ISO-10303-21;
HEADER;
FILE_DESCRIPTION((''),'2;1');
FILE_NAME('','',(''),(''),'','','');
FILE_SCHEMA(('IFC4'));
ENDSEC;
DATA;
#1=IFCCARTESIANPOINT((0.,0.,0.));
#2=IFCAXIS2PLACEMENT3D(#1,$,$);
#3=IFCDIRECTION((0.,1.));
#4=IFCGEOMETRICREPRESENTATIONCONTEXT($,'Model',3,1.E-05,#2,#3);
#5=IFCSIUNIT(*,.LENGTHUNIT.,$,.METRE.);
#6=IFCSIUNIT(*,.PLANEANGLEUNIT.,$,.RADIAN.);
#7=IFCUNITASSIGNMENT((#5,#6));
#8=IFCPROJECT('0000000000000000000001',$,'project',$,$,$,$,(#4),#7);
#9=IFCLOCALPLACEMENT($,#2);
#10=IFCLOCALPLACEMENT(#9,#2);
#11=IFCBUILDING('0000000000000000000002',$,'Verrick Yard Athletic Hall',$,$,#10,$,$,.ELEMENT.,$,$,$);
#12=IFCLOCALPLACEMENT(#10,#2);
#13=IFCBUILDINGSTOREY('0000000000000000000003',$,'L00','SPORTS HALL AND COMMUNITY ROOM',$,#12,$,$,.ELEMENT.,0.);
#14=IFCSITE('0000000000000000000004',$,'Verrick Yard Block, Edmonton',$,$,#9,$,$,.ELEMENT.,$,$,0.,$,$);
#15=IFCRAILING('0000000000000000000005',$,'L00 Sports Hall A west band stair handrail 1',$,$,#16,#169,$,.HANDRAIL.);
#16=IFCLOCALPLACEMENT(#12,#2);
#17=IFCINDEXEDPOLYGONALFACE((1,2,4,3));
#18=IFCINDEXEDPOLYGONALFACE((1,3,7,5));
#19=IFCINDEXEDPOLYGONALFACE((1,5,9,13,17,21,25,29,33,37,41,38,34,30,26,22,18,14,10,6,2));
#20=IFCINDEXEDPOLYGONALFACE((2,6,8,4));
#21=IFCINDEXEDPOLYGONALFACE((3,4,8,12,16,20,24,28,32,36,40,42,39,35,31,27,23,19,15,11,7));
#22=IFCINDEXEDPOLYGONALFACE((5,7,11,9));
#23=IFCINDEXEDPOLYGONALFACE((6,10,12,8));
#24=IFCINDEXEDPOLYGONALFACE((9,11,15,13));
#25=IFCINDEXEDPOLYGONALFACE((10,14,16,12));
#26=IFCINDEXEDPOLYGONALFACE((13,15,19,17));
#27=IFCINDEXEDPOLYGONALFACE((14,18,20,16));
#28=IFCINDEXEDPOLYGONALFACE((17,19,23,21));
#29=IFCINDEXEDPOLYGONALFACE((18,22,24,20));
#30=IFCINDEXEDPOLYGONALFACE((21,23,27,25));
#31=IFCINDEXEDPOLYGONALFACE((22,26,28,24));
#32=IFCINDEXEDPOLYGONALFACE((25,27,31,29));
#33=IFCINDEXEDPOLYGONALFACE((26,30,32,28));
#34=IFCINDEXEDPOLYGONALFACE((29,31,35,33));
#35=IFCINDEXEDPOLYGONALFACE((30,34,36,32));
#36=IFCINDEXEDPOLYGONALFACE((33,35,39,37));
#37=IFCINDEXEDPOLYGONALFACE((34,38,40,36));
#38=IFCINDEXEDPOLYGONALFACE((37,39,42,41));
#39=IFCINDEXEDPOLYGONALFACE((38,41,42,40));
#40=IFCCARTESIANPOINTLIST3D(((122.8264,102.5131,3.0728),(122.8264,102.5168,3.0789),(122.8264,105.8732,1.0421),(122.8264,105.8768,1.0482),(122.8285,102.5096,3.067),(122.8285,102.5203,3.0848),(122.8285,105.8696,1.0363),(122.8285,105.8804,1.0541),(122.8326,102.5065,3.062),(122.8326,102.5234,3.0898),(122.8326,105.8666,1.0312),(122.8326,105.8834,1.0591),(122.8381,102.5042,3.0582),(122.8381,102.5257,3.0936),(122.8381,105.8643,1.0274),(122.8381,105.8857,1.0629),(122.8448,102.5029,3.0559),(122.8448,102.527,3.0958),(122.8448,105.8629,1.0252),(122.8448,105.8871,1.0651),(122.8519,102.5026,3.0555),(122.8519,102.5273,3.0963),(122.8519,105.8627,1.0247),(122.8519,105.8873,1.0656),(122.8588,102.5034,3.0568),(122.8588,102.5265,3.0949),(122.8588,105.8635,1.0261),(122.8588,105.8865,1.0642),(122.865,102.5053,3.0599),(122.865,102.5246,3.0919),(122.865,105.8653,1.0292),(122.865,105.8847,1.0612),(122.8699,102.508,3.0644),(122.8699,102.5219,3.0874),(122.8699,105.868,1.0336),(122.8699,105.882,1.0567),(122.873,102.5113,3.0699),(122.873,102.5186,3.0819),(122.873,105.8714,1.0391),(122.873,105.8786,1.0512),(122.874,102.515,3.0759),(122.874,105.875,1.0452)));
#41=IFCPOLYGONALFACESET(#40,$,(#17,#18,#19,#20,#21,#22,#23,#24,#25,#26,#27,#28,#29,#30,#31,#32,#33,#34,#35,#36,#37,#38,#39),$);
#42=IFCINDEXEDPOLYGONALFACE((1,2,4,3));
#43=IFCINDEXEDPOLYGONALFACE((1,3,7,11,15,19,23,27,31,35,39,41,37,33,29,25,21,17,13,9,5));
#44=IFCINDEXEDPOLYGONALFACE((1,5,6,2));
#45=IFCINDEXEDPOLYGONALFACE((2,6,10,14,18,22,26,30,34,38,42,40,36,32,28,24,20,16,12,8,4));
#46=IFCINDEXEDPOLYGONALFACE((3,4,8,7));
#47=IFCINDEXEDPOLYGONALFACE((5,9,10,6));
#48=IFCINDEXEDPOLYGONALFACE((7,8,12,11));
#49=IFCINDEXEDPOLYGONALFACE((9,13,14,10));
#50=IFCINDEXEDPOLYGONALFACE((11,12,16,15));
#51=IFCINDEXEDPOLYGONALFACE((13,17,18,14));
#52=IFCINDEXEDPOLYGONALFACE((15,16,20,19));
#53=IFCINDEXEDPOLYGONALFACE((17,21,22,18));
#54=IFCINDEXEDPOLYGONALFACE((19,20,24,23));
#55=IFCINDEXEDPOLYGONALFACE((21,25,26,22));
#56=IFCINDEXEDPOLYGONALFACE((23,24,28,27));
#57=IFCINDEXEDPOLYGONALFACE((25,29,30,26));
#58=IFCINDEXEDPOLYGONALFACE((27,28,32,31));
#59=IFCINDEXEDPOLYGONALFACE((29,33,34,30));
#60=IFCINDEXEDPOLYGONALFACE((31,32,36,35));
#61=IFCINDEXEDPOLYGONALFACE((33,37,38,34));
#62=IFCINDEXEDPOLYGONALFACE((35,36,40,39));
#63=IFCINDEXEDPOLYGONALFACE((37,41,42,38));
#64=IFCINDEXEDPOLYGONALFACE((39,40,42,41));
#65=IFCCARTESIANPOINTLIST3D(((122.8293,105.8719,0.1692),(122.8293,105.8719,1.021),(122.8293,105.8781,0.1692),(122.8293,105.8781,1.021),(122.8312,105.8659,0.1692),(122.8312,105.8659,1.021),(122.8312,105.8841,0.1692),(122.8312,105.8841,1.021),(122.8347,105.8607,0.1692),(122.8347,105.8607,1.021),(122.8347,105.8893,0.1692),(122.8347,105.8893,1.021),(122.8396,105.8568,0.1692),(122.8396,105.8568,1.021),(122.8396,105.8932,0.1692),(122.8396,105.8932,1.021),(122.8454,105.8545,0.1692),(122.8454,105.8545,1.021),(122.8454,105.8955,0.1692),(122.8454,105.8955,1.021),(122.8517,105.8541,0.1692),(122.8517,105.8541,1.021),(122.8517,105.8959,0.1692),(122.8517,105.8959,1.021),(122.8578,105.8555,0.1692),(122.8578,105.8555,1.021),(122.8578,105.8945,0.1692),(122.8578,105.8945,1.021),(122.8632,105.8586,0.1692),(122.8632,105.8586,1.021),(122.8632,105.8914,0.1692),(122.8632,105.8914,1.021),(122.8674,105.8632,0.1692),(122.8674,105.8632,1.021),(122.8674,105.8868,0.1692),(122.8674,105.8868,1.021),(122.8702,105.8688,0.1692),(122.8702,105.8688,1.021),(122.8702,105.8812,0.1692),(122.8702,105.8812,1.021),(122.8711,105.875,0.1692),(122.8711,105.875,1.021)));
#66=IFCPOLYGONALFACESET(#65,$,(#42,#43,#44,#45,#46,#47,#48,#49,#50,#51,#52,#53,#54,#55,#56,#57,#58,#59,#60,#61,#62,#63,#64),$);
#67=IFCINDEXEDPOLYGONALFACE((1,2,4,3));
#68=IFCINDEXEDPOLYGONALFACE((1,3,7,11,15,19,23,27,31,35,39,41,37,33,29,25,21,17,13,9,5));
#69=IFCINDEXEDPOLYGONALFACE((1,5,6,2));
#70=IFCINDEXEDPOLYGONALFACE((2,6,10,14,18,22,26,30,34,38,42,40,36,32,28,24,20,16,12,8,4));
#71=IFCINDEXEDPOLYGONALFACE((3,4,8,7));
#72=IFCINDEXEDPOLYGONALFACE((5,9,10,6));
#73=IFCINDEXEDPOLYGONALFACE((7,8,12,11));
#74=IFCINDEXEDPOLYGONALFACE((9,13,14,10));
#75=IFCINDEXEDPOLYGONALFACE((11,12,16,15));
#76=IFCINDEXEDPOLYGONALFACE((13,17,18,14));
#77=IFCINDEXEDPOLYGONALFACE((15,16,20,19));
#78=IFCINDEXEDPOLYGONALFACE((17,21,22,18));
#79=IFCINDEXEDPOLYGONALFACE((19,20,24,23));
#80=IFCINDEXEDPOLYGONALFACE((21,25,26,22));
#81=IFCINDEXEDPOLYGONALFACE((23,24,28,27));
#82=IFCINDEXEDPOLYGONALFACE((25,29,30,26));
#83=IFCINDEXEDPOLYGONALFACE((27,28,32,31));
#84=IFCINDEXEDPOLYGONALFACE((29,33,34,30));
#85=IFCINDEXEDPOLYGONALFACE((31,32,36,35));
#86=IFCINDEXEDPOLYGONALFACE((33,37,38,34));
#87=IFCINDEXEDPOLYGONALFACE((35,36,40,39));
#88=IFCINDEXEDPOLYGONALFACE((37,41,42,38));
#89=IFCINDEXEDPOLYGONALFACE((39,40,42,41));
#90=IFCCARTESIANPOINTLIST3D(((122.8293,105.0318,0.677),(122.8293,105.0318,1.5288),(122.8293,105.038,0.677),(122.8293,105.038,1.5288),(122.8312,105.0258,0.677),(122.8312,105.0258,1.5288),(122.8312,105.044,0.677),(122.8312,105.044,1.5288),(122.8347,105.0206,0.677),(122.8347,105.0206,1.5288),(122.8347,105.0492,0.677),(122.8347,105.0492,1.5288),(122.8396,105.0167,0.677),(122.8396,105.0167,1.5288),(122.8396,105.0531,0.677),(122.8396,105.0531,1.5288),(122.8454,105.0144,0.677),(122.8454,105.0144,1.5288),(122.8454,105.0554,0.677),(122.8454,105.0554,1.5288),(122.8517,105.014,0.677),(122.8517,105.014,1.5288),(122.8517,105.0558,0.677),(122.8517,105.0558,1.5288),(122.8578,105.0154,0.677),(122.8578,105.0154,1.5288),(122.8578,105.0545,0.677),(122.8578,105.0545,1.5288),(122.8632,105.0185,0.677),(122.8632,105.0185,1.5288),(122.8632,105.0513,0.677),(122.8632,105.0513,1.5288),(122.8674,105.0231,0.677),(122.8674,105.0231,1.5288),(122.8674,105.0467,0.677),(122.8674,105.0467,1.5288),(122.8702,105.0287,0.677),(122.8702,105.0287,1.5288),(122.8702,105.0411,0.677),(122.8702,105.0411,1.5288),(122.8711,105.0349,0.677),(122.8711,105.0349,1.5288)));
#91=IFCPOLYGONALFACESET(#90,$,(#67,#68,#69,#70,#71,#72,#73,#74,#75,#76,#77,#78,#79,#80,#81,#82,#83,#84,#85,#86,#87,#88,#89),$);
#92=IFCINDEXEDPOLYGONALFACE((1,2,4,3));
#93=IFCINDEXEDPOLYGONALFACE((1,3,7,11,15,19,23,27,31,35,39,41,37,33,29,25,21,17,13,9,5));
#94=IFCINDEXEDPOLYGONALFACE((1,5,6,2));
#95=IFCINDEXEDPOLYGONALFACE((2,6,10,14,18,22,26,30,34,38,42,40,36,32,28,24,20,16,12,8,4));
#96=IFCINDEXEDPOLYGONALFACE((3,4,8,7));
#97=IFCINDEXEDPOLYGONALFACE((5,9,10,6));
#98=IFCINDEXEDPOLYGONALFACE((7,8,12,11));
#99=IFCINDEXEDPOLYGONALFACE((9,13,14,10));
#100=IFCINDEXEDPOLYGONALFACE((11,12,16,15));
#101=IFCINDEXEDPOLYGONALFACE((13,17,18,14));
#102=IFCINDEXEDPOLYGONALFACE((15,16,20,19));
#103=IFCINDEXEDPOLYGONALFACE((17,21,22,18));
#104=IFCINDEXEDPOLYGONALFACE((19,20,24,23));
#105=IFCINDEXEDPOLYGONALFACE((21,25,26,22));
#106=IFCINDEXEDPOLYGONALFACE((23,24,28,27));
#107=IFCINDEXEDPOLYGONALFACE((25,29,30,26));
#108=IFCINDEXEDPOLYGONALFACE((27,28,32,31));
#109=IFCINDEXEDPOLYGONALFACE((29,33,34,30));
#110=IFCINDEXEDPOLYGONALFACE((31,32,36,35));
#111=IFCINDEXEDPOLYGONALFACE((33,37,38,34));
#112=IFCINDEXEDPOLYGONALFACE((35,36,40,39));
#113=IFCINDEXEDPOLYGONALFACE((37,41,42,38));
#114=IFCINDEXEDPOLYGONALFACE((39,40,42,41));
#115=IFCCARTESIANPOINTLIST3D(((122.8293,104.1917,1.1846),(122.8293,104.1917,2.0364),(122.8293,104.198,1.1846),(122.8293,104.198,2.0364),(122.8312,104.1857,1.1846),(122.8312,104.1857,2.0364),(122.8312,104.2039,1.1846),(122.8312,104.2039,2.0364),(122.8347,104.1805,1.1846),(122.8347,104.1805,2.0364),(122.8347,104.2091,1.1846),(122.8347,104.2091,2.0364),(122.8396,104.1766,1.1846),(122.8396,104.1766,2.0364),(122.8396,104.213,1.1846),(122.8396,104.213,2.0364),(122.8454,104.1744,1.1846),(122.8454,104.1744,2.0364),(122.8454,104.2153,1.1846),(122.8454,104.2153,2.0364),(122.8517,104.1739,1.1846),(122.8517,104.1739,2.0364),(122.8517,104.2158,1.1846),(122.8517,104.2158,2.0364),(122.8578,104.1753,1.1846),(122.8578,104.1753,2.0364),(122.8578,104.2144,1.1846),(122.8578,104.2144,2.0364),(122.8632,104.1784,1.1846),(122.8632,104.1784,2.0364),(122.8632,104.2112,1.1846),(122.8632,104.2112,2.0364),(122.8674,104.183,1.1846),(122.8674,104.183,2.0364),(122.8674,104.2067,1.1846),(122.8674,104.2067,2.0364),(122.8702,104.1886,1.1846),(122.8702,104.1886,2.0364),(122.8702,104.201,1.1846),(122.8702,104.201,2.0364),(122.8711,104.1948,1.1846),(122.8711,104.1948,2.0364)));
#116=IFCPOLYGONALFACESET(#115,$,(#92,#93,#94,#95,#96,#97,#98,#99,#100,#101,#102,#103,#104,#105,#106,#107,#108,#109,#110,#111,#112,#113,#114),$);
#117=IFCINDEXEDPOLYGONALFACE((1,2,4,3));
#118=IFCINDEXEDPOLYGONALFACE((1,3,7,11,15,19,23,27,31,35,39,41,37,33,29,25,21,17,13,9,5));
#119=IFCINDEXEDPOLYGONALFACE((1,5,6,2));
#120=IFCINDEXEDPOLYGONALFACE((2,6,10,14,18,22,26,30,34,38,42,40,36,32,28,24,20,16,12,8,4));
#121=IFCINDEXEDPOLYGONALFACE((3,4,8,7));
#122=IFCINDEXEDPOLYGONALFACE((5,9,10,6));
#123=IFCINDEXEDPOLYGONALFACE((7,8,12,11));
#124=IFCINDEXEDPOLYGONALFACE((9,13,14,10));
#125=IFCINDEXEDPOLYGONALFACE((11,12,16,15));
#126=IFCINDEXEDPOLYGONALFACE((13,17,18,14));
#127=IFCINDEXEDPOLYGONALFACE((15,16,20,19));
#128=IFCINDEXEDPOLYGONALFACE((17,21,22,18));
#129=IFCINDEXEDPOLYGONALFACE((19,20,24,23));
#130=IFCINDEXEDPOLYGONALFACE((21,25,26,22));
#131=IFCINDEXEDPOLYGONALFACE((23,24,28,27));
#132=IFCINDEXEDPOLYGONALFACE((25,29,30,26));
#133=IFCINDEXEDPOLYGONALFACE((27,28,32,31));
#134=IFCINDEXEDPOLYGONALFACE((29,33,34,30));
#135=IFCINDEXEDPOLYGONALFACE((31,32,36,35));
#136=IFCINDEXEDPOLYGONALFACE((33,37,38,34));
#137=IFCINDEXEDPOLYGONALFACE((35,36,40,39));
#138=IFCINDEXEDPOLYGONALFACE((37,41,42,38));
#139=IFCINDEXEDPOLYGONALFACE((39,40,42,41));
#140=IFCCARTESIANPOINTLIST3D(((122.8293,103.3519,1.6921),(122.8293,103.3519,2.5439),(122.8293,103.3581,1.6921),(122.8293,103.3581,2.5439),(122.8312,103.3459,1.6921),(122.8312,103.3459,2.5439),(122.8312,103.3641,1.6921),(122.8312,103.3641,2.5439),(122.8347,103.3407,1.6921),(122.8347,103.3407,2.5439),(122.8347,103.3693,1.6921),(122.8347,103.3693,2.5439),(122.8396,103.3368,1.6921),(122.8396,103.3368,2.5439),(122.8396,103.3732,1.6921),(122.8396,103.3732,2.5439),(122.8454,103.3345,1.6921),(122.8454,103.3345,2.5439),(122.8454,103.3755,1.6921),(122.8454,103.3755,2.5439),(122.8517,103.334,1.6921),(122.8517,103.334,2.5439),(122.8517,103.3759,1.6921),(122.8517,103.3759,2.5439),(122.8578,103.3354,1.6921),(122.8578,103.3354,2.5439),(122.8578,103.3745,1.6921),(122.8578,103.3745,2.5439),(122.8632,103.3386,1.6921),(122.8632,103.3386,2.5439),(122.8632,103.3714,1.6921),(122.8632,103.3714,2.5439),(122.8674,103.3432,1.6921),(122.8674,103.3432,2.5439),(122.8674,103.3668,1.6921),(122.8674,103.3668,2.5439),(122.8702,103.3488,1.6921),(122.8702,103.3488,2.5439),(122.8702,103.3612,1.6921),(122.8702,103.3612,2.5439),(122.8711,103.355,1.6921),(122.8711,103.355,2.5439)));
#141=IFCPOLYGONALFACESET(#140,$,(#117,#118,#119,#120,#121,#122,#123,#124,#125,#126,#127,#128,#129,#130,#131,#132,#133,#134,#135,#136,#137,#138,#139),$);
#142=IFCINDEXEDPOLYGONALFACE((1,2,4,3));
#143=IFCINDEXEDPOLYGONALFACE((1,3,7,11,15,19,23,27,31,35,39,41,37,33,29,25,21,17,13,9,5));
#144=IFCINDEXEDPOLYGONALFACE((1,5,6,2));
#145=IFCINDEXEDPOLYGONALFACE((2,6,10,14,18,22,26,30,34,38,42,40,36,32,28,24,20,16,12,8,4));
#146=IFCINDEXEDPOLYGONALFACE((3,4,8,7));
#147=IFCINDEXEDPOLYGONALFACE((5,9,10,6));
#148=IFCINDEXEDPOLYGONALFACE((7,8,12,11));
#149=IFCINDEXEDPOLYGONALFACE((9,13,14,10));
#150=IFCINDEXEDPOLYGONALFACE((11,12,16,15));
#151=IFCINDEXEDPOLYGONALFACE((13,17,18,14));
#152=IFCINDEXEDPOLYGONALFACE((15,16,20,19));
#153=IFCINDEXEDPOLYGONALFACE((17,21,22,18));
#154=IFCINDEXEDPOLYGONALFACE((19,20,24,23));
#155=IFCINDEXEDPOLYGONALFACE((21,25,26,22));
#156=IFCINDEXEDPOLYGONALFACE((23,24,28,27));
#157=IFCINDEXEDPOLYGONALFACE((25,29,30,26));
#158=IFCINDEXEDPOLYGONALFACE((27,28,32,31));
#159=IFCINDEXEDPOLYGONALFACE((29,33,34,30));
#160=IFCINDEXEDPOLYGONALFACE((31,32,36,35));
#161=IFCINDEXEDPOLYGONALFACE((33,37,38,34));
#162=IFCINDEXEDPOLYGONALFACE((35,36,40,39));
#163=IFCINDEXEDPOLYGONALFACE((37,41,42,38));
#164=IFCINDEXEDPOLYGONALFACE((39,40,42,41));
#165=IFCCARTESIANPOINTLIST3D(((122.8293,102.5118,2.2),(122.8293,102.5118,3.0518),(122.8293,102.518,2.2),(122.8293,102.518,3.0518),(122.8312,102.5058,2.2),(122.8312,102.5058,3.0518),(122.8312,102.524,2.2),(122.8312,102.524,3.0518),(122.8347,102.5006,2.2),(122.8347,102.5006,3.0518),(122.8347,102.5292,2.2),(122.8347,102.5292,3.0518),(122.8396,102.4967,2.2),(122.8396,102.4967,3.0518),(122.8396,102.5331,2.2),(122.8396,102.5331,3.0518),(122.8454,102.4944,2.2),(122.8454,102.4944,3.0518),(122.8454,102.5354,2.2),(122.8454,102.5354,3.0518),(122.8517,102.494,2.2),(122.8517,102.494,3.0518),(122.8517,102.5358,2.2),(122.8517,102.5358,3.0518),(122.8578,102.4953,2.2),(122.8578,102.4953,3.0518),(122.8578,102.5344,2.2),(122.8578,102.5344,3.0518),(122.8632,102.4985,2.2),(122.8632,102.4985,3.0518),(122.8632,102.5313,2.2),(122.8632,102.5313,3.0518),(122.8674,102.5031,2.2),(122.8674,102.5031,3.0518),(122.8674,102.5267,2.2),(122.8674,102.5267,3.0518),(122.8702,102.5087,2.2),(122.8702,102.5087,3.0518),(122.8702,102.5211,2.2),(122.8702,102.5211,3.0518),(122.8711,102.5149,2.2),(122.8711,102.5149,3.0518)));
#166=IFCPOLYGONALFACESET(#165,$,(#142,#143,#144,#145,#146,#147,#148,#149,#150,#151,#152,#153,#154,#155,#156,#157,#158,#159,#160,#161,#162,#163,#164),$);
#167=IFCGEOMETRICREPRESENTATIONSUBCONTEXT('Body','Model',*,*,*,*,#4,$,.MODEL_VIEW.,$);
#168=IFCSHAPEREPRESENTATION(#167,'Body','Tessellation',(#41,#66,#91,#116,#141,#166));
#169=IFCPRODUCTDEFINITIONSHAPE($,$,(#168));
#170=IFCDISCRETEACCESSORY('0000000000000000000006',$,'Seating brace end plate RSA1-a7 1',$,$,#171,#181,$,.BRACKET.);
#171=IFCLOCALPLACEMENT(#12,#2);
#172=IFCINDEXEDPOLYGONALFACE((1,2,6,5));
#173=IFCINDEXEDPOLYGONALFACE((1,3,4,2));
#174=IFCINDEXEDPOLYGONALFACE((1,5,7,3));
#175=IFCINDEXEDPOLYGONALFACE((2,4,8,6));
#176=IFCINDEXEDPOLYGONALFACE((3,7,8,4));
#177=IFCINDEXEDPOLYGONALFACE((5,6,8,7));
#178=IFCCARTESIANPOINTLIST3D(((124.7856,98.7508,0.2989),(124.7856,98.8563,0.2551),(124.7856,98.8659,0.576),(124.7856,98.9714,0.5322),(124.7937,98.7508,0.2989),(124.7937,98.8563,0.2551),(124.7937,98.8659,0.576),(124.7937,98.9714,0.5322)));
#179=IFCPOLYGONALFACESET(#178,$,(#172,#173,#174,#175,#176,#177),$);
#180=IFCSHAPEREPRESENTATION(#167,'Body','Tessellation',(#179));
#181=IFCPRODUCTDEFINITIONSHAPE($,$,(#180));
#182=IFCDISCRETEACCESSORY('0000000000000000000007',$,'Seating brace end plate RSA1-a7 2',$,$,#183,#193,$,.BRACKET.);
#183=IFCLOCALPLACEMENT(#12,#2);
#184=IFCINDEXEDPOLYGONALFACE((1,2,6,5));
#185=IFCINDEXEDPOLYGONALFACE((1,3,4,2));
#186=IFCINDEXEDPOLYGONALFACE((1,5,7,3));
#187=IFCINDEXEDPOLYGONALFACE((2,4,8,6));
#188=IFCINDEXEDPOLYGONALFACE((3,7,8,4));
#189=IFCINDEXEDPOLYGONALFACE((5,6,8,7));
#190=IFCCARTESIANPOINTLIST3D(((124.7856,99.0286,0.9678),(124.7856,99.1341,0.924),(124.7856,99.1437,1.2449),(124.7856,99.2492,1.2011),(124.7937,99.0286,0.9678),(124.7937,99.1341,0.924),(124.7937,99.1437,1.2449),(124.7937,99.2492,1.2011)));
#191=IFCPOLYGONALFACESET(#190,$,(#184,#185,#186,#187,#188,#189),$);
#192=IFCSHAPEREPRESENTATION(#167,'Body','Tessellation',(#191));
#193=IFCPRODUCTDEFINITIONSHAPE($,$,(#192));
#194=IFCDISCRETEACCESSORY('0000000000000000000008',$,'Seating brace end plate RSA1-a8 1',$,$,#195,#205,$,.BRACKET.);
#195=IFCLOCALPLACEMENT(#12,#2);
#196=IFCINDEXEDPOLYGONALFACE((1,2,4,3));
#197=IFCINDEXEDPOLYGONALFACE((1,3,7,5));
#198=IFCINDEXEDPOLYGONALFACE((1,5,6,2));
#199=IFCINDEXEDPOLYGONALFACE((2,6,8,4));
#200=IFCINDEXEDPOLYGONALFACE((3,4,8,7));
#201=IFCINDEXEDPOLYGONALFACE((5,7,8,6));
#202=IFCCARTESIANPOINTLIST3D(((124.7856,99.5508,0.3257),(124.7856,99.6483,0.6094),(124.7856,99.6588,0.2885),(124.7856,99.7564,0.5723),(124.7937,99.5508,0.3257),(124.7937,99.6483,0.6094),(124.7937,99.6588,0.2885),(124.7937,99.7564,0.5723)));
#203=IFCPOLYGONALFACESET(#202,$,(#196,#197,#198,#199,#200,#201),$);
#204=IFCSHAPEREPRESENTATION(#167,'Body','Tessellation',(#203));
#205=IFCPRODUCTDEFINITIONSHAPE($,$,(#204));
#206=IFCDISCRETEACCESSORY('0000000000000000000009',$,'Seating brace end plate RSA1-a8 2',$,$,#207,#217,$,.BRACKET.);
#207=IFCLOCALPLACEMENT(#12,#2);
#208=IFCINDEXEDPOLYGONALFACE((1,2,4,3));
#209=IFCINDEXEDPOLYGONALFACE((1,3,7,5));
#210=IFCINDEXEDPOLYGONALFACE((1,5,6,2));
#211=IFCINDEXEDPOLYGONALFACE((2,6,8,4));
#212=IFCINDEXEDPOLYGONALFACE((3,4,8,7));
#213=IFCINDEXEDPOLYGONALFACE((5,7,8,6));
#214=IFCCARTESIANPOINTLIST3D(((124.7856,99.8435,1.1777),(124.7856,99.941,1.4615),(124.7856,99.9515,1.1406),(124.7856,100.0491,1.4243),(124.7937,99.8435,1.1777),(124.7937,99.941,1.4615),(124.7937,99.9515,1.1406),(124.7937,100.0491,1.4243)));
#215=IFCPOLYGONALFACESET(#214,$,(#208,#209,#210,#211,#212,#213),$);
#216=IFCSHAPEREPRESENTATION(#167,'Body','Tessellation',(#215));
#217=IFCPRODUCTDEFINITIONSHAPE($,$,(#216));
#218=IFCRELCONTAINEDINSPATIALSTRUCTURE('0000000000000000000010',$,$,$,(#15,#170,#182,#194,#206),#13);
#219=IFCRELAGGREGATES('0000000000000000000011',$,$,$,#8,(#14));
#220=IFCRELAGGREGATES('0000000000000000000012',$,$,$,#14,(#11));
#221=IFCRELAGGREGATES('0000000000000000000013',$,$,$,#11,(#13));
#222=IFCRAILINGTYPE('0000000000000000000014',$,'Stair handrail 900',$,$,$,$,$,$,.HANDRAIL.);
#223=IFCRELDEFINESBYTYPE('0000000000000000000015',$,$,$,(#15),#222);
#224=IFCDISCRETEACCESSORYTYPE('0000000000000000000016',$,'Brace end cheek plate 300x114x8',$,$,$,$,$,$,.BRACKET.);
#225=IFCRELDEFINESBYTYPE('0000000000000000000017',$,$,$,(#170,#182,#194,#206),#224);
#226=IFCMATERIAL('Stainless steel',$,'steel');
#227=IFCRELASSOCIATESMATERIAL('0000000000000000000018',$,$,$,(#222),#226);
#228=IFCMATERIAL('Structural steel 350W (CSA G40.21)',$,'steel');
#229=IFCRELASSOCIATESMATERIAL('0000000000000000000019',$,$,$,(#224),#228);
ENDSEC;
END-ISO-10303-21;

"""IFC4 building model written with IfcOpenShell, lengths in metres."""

from ifc_helpers import new_model, si_unit, direction, frame, origin, origin_2d, place, context, subcontext, project, spatial, rectangle, circle, extrude, material, material_profile, profile_set, type_object, element, save


model = new_model("IFC4")

# Units and contexts
model_context = context("Model", 3, precision=1e-05, world=origin(), true_north=direction((0.0, 1.0)))
body_context = subcontext(model_context, "Body", "Model", "MODEL_VIEW")
ifc_project = project(units=[si_unit("LENGTHUNIT", "METRE"), si_unit("PLANEANGLEUNIT", "RADIAN")], contexts=[model_context])

# Site, building, storey
site_placement = place(None, origin())
site = spatial("IfcSite", under=ifc_project, at=site_placement, Name="Verrick Yard Block, Edmonton", CompositionType="ELEMENT", RefElevation=0.0)
building_placement = place(site_placement, origin())
building = spatial("IfcBuilding", under=site, at=building_placement, Name="Verrick Yard Athletic Hall", CompositionType="ELEMENT")
storey_placement = place(building_placement, origin())
storey = spatial("IfcBuildingStorey", under=building, at=storey_placement, Name="L00", Description="SPORTS HALL AND COMMUNITY ROOM", CompositionType="ELEMENT", Elevation=0.0)

# Shared definitions
ifc_material_1 = material(Name="Structural steel 350W (CSA G40.21)", Category="steel")

# Railing
ifc_material_2 = material(Name="Stainless steel", Category="steel")
railing_type_1 = type_object("IfcRailingType", Name="Stair handrail 900", PredefinedType="HANDRAIL", material=ifc_material_2)
railing_1_placement = place(storey_placement, frame((122.8501, 105.875, 0.1692)))
element("IfcRailing", 1, at=railing_1_placement, inside=storey, type_object=railing_type_1, Name="L00 Sports Hall A west band stair handrail 1", PredefinedType="HANDRAIL", context=body_context, shape_type="SweptSolid", body=[
    extrude(circle(Radius=0.0239, at=origin_2d()), frame((0.0, 0.0, 0.876), z_axis=(0.0, -0.855837, 0.517246), x_axis=(1.0, 0.0, 0.0)), (0.0, 0.0, 1.0), 3.926),
    extrude(circle(Radius=0.021, at=origin_2d()), origin(), (0.0, 0.0, 1.0), 0.8518),
    extrude(circle(Radius=0.021, at=origin_2d()), frame((0.0, -0.8401, 0.5078)), (0.0, 0.0, 1.0), 0.8518),
    extrude(circle(Radius=0.021, at=origin_2d()), frame((0.0, -1.6802, 1.0154)), (0.0, 0.0, 1.0), 0.8518),
    extrude(circle(Radius=0.021, at=origin_2d()), frame((0.0, -2.52, 1.5229)), (0.0, 0.0, 1.0), 0.8518),
    extrude(circle(Radius=0.021, at=origin_2d()), frame((0.0, -3.3601, 2.0308)), (0.0, 0.0, 1.0), 0.8518),
])

# Discrete accessories
ifc_material_profile_1 = material_profile(ifc_material_1, rectangle(XDim=0.3, YDim=0.1143, at=origin_2d()), Name="Brace end cheek plate")
ifc_profile_set_1 = profile_set([ifc_material_profile_1], Name="Structural steel 350W (CSA G40.21)")
discrete_accessory_type = type_object("IfcDiscreteAccessoryType", Name="Brace end cheek plate 300x114x8", PredefinedType="BRACKET", material=ifc_profile_set_1)
for number, where, z_axis, x_axis, name in (
    (2, (124.7937, 98.8611, 0.4155), (-1.0, 0.0, 0.0), (0.0, 0.383566, 0.923513), "Seating brace end plate RSA1-a7 1"),
    (3, (124.7937, 99.1389, 1.0845), (-1.0, 0.0, 0.0), (0.0, -0.383566, -0.923513), "Seating brace end plate RSA1-a7 2"),
    (4, (124.7937, 99.6536, 0.449), (-1.0, 0.0, 0.0), (0.0, 0.325058, 0.945694), "Seating brace end plate RSA1-a8 1"),
    (5, (124.7937, 99.9463, 1.301), (-1.0, 0.0, 0.0), (0.0, -0.325058, -0.945694), "Seating brace end plate RSA1-a8 2"),
):
    element("IfcDiscreteAccessory", number, at=place(storey_placement, frame(where, z_axis=z_axis, x_axis=x_axis)), inside=storey, type_object=discrete_accessory_type, Name=name, PredefinedType="BRACKET", context=body_context, shape_type="SweptSolid", body=[
        extrude(rectangle(XDim=0.3, YDim=0.1143, at=origin_2d()), origin(), (0.0, 0.0, 1.0), 0.0081),
    ])

save(model, "model.ifc")
